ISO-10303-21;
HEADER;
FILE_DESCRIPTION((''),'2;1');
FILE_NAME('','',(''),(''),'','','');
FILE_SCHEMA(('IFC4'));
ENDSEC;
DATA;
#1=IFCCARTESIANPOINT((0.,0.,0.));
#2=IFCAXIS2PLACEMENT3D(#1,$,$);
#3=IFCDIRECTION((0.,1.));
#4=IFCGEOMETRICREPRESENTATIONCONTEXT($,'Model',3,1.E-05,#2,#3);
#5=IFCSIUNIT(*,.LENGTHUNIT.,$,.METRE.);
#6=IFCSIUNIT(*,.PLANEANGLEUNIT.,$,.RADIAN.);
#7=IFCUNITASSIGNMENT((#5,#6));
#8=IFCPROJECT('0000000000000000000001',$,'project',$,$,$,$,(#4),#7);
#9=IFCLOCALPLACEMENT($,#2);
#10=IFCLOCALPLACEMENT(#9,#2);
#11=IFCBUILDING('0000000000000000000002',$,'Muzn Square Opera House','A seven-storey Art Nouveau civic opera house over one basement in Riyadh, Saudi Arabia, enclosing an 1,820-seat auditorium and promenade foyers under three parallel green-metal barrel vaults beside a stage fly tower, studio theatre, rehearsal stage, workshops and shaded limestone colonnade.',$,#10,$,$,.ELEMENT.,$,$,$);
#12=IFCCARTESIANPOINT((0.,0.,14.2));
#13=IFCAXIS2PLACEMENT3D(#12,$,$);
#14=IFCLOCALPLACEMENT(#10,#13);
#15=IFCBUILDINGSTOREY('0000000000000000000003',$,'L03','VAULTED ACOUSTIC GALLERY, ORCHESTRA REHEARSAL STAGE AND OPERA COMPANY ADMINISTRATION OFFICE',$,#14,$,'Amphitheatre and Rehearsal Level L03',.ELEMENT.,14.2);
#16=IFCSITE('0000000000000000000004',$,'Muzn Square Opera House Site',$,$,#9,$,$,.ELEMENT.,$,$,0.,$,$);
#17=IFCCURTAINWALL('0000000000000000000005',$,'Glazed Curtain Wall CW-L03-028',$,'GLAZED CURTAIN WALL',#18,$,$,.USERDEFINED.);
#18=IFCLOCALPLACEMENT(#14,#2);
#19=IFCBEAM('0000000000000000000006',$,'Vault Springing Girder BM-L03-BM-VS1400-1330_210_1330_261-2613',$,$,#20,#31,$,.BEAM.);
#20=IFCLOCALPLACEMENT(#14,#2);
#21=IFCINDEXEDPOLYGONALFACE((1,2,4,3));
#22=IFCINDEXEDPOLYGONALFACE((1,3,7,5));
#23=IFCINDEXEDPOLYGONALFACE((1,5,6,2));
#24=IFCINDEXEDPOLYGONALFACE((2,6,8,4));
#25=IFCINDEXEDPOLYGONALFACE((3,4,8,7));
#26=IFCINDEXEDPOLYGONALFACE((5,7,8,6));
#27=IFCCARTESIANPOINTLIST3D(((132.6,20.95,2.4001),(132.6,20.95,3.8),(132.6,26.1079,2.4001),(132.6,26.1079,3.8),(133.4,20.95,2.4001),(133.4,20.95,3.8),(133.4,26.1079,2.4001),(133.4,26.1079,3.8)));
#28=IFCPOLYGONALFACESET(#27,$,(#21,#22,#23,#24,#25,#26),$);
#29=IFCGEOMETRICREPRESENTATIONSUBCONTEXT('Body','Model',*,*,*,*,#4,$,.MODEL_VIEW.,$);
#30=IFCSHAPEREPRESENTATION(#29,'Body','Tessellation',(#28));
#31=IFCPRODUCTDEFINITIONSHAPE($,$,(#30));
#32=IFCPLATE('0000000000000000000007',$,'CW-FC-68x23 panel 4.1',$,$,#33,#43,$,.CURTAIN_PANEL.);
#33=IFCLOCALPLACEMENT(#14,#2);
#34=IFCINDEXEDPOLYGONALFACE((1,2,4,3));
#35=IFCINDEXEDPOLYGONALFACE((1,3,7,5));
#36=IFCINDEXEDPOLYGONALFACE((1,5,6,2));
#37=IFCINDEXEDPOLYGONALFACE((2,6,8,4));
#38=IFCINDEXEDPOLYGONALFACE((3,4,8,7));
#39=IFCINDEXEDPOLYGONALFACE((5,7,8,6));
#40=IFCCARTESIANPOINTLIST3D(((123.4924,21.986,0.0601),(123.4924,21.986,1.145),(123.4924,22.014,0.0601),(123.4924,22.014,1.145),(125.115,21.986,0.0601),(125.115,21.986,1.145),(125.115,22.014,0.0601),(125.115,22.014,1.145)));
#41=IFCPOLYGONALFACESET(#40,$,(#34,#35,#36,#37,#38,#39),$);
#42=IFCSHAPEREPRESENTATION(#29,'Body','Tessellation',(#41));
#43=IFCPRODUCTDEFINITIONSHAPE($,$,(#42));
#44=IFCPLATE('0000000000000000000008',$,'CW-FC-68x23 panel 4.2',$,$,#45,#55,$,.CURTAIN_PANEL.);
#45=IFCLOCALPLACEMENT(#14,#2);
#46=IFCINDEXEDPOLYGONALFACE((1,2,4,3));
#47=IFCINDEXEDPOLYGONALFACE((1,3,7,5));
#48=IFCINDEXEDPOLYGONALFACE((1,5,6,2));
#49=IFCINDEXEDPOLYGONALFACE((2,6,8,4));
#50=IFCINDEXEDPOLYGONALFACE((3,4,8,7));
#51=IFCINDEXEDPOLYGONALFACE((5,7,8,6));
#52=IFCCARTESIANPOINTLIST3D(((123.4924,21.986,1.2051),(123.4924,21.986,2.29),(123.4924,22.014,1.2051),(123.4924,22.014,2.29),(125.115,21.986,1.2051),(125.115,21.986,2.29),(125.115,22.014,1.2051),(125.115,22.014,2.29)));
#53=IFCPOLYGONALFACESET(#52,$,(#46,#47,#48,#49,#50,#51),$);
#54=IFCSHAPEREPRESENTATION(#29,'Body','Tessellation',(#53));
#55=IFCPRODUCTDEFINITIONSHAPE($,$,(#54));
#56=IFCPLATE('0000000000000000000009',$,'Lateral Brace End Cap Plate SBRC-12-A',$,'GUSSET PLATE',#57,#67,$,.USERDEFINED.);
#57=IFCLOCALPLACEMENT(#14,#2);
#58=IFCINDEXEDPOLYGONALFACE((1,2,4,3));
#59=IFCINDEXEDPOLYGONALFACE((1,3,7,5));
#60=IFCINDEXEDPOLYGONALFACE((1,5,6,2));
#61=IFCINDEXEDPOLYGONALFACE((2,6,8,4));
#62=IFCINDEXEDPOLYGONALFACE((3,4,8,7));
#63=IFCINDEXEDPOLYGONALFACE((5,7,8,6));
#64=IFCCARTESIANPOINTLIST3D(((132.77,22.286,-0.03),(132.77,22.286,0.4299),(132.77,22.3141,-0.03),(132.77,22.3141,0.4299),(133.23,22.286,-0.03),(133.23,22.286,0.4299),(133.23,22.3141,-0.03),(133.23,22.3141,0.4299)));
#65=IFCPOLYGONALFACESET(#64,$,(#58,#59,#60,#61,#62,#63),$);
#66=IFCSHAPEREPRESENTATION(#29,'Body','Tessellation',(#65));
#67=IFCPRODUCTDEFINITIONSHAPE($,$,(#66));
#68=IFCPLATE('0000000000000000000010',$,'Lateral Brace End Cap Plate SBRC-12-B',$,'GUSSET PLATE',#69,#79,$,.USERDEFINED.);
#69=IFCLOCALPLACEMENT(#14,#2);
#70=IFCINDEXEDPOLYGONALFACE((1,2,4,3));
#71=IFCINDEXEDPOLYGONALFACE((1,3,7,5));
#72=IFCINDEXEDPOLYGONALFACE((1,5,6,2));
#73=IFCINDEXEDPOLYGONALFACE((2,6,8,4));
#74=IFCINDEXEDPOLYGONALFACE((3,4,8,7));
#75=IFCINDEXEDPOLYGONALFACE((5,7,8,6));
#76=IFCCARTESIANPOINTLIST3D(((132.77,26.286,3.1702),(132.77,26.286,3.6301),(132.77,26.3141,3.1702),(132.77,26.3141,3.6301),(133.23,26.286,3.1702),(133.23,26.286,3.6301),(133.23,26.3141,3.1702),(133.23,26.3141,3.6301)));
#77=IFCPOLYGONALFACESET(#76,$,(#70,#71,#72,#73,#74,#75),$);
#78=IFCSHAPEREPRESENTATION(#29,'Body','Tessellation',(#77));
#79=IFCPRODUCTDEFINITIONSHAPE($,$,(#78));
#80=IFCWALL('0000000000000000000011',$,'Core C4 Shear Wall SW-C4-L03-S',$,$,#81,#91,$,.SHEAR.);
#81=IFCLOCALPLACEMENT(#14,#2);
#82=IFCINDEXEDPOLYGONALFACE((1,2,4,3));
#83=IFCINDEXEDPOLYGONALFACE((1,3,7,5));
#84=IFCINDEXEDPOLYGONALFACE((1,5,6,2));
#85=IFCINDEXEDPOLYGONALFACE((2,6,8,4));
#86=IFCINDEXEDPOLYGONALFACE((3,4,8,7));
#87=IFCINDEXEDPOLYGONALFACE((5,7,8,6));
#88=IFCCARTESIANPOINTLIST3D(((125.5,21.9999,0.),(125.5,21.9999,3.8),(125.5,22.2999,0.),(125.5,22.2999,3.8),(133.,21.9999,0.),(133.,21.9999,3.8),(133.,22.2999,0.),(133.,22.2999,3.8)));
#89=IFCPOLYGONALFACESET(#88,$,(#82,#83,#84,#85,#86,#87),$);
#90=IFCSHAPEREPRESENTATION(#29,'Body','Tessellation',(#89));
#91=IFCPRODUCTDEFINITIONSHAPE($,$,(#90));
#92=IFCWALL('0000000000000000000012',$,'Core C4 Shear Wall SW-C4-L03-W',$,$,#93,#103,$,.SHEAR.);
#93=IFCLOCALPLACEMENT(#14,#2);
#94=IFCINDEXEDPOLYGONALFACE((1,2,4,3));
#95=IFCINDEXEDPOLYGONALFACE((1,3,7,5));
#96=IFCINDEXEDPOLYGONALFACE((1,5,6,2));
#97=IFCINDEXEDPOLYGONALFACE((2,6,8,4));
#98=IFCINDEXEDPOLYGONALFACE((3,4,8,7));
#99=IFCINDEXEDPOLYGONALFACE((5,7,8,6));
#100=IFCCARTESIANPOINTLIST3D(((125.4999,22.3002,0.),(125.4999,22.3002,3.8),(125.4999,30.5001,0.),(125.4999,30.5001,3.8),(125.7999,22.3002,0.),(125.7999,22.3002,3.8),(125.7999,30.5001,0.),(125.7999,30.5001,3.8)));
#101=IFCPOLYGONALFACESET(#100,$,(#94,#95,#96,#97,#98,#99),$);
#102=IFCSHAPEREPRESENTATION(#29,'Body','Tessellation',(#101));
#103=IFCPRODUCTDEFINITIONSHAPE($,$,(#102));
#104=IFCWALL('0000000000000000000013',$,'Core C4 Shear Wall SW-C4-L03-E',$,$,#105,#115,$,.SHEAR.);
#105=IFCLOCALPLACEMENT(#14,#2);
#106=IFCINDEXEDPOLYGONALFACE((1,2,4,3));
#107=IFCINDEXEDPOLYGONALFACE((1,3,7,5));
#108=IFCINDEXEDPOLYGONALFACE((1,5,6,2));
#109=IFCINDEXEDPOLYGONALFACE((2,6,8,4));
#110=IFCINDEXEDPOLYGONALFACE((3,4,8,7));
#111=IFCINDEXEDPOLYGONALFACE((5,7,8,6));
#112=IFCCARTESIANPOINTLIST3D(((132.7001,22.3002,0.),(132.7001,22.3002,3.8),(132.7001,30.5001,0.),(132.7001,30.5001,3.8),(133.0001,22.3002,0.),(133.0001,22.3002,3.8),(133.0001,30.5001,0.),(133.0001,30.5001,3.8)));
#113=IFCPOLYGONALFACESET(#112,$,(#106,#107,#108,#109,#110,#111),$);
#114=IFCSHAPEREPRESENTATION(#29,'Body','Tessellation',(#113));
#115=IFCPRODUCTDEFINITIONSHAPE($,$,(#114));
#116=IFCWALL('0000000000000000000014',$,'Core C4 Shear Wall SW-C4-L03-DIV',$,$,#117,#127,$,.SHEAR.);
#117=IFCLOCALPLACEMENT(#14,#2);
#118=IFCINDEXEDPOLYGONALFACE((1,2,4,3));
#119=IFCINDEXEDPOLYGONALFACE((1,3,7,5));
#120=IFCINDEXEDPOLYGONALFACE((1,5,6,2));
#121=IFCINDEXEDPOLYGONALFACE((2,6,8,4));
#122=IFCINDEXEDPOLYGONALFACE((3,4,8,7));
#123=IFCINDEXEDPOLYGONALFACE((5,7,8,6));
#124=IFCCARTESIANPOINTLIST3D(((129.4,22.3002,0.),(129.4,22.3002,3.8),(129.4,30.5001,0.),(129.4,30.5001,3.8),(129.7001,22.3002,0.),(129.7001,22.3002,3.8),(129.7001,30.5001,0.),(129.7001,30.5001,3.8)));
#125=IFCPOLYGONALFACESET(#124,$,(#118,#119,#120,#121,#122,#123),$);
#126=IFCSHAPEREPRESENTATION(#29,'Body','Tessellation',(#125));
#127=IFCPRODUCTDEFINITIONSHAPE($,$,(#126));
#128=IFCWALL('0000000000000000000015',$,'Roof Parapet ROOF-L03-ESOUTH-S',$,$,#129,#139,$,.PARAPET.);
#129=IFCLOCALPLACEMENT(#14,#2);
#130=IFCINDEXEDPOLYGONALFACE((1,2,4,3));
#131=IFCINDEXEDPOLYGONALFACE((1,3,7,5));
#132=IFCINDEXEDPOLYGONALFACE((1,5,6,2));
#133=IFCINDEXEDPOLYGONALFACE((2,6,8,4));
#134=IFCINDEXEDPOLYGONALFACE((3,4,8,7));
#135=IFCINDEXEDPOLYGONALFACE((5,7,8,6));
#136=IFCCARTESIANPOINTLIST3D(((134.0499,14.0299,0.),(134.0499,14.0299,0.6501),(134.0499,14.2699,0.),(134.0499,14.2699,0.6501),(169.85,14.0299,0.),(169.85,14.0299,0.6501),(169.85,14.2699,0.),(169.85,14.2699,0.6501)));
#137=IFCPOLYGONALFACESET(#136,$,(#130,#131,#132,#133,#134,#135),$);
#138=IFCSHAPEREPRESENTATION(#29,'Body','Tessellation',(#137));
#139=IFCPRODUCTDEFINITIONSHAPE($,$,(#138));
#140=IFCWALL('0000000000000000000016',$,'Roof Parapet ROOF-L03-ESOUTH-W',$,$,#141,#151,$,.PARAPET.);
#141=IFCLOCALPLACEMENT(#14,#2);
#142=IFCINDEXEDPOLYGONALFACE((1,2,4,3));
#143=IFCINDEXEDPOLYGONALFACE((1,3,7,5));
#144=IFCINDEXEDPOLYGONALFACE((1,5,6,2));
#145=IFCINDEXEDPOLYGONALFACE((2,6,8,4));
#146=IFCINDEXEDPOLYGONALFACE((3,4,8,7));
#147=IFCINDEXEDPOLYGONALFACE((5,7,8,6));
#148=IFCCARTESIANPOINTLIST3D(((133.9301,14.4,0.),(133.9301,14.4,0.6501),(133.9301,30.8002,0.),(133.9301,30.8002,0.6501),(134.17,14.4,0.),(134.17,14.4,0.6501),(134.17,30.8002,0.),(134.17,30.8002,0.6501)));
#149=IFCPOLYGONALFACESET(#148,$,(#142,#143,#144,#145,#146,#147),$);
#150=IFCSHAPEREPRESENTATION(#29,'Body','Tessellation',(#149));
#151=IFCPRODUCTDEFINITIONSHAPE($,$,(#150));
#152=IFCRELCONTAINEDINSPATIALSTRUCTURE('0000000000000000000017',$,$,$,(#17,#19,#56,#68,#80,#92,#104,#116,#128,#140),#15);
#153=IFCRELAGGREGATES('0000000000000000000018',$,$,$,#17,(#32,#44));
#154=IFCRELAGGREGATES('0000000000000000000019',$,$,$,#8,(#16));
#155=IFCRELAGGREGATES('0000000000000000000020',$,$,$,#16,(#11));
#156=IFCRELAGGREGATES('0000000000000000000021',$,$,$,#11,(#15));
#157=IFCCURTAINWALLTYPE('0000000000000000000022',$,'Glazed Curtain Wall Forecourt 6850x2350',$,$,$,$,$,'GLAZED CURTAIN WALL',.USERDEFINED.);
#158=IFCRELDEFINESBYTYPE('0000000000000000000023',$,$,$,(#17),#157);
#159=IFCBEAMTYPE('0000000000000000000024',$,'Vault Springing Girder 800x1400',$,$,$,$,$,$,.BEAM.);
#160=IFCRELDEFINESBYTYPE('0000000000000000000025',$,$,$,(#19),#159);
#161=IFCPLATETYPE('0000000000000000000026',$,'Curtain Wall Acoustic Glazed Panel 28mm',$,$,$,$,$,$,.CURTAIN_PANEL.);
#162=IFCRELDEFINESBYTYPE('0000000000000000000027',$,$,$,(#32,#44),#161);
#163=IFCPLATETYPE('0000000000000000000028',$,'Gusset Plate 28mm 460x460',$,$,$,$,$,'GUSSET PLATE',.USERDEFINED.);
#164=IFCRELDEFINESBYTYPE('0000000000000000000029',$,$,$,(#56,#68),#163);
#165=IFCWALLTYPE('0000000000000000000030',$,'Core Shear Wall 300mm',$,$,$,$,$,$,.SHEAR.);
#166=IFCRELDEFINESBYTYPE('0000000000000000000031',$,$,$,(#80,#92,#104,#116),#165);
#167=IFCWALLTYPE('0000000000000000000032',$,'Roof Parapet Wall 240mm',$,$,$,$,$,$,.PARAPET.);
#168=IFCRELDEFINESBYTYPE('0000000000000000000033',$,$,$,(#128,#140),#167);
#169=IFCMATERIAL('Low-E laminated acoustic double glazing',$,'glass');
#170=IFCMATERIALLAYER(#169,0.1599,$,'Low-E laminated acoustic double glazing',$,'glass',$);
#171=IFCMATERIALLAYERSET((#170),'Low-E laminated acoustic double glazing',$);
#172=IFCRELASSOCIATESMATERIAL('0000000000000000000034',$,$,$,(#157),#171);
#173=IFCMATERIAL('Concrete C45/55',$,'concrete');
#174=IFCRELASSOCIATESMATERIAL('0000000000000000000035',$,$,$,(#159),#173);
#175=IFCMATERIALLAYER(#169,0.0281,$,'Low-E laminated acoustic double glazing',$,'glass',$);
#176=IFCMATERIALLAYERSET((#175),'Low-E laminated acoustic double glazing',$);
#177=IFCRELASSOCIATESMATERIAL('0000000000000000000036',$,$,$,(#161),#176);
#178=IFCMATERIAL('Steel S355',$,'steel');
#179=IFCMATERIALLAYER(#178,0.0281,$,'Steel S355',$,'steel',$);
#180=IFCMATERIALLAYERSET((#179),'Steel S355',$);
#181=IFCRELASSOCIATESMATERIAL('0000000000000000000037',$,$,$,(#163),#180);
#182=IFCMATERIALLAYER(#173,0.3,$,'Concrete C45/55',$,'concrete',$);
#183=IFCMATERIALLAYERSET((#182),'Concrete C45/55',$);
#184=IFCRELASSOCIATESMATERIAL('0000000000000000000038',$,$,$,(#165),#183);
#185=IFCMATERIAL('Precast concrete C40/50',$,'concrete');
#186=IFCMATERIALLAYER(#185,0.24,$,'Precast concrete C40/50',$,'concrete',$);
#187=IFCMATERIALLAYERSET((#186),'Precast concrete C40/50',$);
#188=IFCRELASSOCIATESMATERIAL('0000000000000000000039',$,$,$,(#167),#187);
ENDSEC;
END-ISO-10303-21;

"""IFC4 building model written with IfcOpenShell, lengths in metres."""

from ifc_helpers import new_model, si_unit, direction, frame, frame_2d, origin, origin_2d, place, context, subcontext, project, spatial, rectangle, extrude, material, layer, layer_set, material_profile, profile_set, type_object, element, aggregate, save


model = new_model("IFC4")

# Units and contexts
model_context = context("Model", 3, precision=1e-05, world=origin(), true_north=direction((0.0, 1.0)))
body_context = subcontext(model_context, "Body", "Model", "MODEL_VIEW")
ifc_project = project(units=[si_unit("LENGTHUNIT", "METRE"), si_unit("PLANEANGLEUNIT", "RADIAN")], contexts=[model_context])

# Site, building, storey
site_placement = place(None, origin())
site = spatial("IfcSite", under=ifc_project, at=site_placement, Name="Muzn Square Opera House Site", CompositionType="ELEMENT", RefElevation=0.0)
building_placement = place(site_placement, origin())
building = spatial("IfcBuilding", under=site, at=building_placement, Name="Muzn Square Opera House", Description="A seven-storey Art Nouveau civic opera house over one basement in Riyadh, Saudi Arabia, enclosing an 1,820-seat auditorium and promenade foyers under three parallel green-metal barrel vaults beside a stage fly tower, studio theatre, rehearsal stage, workshops and shaded limestone colonnade.", CompositionType="ELEMENT")
storey_placement = place(building_placement, frame((0.0, 0.0, 14.2)))
storey = spatial("IfcBuildingStorey", under=building, at=storey_placement, Name="L03", Description="VAULTED ACOUSTIC GALLERY, ORCHESTRA REHEARSAL STAGE AND OPERA COMPANY ADMINISTRATION OFFICE", LongName="Amphitheatre and Rehearsal Level L03", CompositionType="ELEMENT", Elevation=14.2)

# Shared definitions
ifc_material_1 = material(Name="Concrete C45/55", Category="concrete")

# Curtain wall
ifc_material_2 = material(Name="Low-E laminated acoustic double glazing", Category="glass")
ifc_layer_1 = layer(ifc_material_2, 0.1599, Name="Low-E laminated acoustic double glazing", Category="glass")
ifc_layer_set_1 = layer_set([ifc_layer_1], Name="Low-E laminated acoustic double glazing")
curtain_wall_type = type_object("IfcCurtainWallType", Name="Glazed Curtain Wall Forecourt 6850x2350", ElementType="GLAZED CURTAIN WALL", PredefinedType="USERDEFINED", material=ifc_layer_set_1)
curtain_wall_placement = place(storey_placement, origin())
curtain_wall = element("IfcCurtainWall", 1, at=curtain_wall_placement, inside=storey, type_object=curtain_wall_type, Name="Glazed Curtain Wall CW-L03-028", ObjectType="GLAZED CURTAIN WALL", PredefinedType="USERDEFINED")

# Shared definitions
ifc_material_3 = material(Name="Steel S355", Category="steel")

# Beam
ifc_material_profile_1 = material_profile(ifc_material_1, rectangle(XDim=0.8, YDim=1.3999, at=origin_2d()), Name="RCB 800x1400", Category="concrete")
ifc_profile_set_1 = profile_set([ifc_material_profile_1], Name="Concrete C45/55")
beam_type_1 = type_object("IfcBeamType", Name="Vault Springing Girder 800x1400", PredefinedType="BEAM", material=ifc_profile_set_1)
beam_1_placement = place(storey_placement, frame((133.0, 20.95, 3.1001), z_axis=(0.0, 1.0, 0.0), x_axis=(-1.0, 0.0, 0.0)))
element("IfcBeam", 2, at=beam_1_placement, inside=storey, type_object=beam_type_1, Name="Vault Springing Girder BM-L03-BM-VS1400-1330_210_1330_261-2613", PredefinedType="BEAM", context=body_context, shape_type="SweptSolid", body=[
    extrude(rectangle(XDim=0.8, YDim=1.3999, at=origin_2d()), origin(), (0.0, 0.0, 1.0), 5.158),
])

# Plates
ifc_layer_2 = layer(ifc_material_2, 0.0281, Name="Low-E laminated acoustic double glazing", Category="glass")
ifc_layer_set_2 = layer_set([ifc_layer_2], Name="Low-E laminated acoustic double glazing")
plate_type_1 = type_object("IfcPlateType", Name="Curtain Wall Acoustic Glazed Panel 28mm", PredefinedType="CURTAIN_PANEL", material=ifc_layer_set_2)
plate_1_placement = place(storey_placement, frame((124.3037, 22.0, 0.0601), z_axis=(0.0, 0.0, 1.0), x_axis=(1.0, 0.0, 0.0)))
plate_1 = element("IfcPlate", 3, at=plate_1_placement, type_object=plate_type_1, Name="CW-FC-68x23 panel 4.1", PredefinedType="CURTAIN_PANEL", context=body_context, shape_type="SweptSolid", body=[
    extrude(rectangle(XDim=1.6226, YDim=0.0281, at=origin_2d()), origin(), (0.0, 0.0, 1.0), 1.085),
])
plate_2_placement = place(storey_placement, frame((124.3037, 22.0, 1.2051), z_axis=(0.0, 0.0, 1.0), x_axis=(1.0, 0.0, 0.0)))
plate_2 = element("IfcPlate", 4, at=plate_2_placement, type_object=plate_type_1, Name="CW-FC-68x23 panel 4.2", PredefinedType="CURTAIN_PANEL", context=body_context, shape_type="SweptSolid", body=[
    extrude(rectangle(XDim=1.6226, YDim=0.0281, at=origin_2d()), origin(), (0.0, 0.0, 1.0), 1.085),
])
aggregate(curtain_wall, [plate_1, plate_2])

# Plates
ifc_layer_3 = layer(ifc_material_3, 0.0281, Name="Steel S355", Category="steel")
ifc_layer_set_3 = layer_set([ifc_layer_3], Name="Steel S355")
plate_type_2 = type_object("IfcPlateType", Name="Gusset Plate 28mm 460x460", ElementType="GUSSET PLATE", PredefinedType="USERDEFINED", material=ifc_layer_set_3)
for number, where, z_axis, x_axis, name in (
    (5, (133.0, 22.3, -0.03), (0.0, 0.0, 1.0), (1.0, 0.0, 0.0), "Lateral Brace End Cap Plate SBRC-12-A"),
    (6, (133.0, 26.3, 3.1702), (0.0, 0.0, 1.0), (1.0, 0.0, 0.0), "Lateral Brace End Cap Plate SBRC-12-B"),
):
    element("IfcPlate", number, at=place(storey_placement, frame(where, z_axis=z_axis, x_axis=x_axis)), inside=storey, type_object=plate_type_2, Name=name, ObjectType="GUSSET PLATE", PredefinedType="USERDEFINED", context=body_context, shape_type="SweptSolid", body=[
        extrude(rectangle(XDim=0.46, YDim=0.0281, at=origin_2d()), origin(), (0.0, 0.0, 1.0), 0.46),
    ])

# Walls
ifc_layer_4 = layer(ifc_material_1, 0.3, Name="Concrete C45/55", Category="concrete")
ifc_layer_set_4 = layer_set([ifc_layer_4], Name="Concrete C45/55")
wall_type_1 = type_object("IfcWallType", Name="Core Shear Wall 300mm", PredefinedType="SHEAR", material=ifc_layer_set_4)
wall_1_placement = place(storey_placement, frame((125.5, 22.1499, 0.0), z_axis=(0.0, 0.0, 1.0), x_axis=(1.0, 0.0, 0.0)))
element("IfcWall", 7, at=wall_1_placement, inside=storey, type_object=wall_type_1, Name="Core C4 Shear Wall SW-C4-L03-S", PredefinedType="SHEAR", context=body_context, shape_type="SweptSolid", body=[
    extrude(rectangle(XDim=7.5, YDim=0.3, at=frame_2d((3.75, 0.0))), origin(), (0.0, 0.0, 1.0), 3.8),
])
for number, where, z_axis, x_axis, name in (
    (8, (125.6499, 22.3, 0.0), (0.0, 0.0, 1.0), (0.0, 1.0, 0.0), "Core C4 Shear Wall SW-C4-L03-W"),
    (9, (132.8501, 22.3, 0.0), (0.0, 0.0, 1.0), (0.0, 1.0, 0.0), "Core C4 Shear Wall SW-C4-L03-E"),
    (10, (129.55, 22.3, 0.0), (0.0, 0.0, 1.0), (0.0, 1.0, 0.0), "Core C4 Shear Wall SW-C4-L03-DIV"),
):
    element("IfcWall", number, at=place(storey_placement, frame(where, z_axis=z_axis, x_axis=x_axis)), inside=storey, type_object=wall_type_1, Name=name, PredefinedType="SHEAR", context=body_context, shape_type="SweptSolid", body=[
        extrude(rectangle(XDim=8.2, YDim=0.3, at=frame_2d((4.1001, 0.0))), origin(), (0.0, 0.0, 1.0), 3.8),
    ])
ifc_material_4 = material(Name="Precast concrete C40/50", Category="concrete")
ifc_layer_5 = layer(ifc_material_4, 0.24, Name="Precast concrete C40/50", Category="concrete")
ifc_layer_set_5 = layer_set([ifc_layer_5], Name="Precast concrete C40/50")
wall_type_2 = type_object("IfcWallType", Name="Roof Parapet Wall 240mm", PredefinedType="PARAPET", material=ifc_layer_set_5)
wall_2_placement = place(storey_placement, frame((134.05, 14.1499, 0.0), z_axis=(0.0, 0.0, 1.0), x_axis=(1.0, 0.0, 0.0)))
element("IfcWall", 11, at=wall_2_placement, inside=storey, type_object=wall_type_2, Name="Roof Parapet ROOF-L03-ESOUTH-S", PredefinedType="PARAPET", context=body_context, shape_type="SweptSolid", body=[
    extrude(rectangle(XDim=35.8, YDim=0.24, at=frame_2d((17.8999, 0.0))), origin(), (0.0, 0.0, 1.0), 0.6501),
])
wall_3_placement = place(storey_placement, frame((134.05, 14.3999, 0.0), z_axis=(0.0, 0.0, 1.0), x_axis=(0.0, 1.0, 0.0)))
element("IfcWall", 12, at=wall_3_placement, inside=storey, type_object=wall_type_2, Name="Roof Parapet ROOF-L03-ESOUTH-W", PredefinedType="PARAPET", context=body_context, shape_type="SweptSolid", body=[
    extrude(rectangle(XDim=16.4001, YDim=0.24, at=frame_2d((8.2002, 0.0))), origin(), (0.0, 0.0, 1.0), 0.6501),
])

save(model, "model.ifc")
